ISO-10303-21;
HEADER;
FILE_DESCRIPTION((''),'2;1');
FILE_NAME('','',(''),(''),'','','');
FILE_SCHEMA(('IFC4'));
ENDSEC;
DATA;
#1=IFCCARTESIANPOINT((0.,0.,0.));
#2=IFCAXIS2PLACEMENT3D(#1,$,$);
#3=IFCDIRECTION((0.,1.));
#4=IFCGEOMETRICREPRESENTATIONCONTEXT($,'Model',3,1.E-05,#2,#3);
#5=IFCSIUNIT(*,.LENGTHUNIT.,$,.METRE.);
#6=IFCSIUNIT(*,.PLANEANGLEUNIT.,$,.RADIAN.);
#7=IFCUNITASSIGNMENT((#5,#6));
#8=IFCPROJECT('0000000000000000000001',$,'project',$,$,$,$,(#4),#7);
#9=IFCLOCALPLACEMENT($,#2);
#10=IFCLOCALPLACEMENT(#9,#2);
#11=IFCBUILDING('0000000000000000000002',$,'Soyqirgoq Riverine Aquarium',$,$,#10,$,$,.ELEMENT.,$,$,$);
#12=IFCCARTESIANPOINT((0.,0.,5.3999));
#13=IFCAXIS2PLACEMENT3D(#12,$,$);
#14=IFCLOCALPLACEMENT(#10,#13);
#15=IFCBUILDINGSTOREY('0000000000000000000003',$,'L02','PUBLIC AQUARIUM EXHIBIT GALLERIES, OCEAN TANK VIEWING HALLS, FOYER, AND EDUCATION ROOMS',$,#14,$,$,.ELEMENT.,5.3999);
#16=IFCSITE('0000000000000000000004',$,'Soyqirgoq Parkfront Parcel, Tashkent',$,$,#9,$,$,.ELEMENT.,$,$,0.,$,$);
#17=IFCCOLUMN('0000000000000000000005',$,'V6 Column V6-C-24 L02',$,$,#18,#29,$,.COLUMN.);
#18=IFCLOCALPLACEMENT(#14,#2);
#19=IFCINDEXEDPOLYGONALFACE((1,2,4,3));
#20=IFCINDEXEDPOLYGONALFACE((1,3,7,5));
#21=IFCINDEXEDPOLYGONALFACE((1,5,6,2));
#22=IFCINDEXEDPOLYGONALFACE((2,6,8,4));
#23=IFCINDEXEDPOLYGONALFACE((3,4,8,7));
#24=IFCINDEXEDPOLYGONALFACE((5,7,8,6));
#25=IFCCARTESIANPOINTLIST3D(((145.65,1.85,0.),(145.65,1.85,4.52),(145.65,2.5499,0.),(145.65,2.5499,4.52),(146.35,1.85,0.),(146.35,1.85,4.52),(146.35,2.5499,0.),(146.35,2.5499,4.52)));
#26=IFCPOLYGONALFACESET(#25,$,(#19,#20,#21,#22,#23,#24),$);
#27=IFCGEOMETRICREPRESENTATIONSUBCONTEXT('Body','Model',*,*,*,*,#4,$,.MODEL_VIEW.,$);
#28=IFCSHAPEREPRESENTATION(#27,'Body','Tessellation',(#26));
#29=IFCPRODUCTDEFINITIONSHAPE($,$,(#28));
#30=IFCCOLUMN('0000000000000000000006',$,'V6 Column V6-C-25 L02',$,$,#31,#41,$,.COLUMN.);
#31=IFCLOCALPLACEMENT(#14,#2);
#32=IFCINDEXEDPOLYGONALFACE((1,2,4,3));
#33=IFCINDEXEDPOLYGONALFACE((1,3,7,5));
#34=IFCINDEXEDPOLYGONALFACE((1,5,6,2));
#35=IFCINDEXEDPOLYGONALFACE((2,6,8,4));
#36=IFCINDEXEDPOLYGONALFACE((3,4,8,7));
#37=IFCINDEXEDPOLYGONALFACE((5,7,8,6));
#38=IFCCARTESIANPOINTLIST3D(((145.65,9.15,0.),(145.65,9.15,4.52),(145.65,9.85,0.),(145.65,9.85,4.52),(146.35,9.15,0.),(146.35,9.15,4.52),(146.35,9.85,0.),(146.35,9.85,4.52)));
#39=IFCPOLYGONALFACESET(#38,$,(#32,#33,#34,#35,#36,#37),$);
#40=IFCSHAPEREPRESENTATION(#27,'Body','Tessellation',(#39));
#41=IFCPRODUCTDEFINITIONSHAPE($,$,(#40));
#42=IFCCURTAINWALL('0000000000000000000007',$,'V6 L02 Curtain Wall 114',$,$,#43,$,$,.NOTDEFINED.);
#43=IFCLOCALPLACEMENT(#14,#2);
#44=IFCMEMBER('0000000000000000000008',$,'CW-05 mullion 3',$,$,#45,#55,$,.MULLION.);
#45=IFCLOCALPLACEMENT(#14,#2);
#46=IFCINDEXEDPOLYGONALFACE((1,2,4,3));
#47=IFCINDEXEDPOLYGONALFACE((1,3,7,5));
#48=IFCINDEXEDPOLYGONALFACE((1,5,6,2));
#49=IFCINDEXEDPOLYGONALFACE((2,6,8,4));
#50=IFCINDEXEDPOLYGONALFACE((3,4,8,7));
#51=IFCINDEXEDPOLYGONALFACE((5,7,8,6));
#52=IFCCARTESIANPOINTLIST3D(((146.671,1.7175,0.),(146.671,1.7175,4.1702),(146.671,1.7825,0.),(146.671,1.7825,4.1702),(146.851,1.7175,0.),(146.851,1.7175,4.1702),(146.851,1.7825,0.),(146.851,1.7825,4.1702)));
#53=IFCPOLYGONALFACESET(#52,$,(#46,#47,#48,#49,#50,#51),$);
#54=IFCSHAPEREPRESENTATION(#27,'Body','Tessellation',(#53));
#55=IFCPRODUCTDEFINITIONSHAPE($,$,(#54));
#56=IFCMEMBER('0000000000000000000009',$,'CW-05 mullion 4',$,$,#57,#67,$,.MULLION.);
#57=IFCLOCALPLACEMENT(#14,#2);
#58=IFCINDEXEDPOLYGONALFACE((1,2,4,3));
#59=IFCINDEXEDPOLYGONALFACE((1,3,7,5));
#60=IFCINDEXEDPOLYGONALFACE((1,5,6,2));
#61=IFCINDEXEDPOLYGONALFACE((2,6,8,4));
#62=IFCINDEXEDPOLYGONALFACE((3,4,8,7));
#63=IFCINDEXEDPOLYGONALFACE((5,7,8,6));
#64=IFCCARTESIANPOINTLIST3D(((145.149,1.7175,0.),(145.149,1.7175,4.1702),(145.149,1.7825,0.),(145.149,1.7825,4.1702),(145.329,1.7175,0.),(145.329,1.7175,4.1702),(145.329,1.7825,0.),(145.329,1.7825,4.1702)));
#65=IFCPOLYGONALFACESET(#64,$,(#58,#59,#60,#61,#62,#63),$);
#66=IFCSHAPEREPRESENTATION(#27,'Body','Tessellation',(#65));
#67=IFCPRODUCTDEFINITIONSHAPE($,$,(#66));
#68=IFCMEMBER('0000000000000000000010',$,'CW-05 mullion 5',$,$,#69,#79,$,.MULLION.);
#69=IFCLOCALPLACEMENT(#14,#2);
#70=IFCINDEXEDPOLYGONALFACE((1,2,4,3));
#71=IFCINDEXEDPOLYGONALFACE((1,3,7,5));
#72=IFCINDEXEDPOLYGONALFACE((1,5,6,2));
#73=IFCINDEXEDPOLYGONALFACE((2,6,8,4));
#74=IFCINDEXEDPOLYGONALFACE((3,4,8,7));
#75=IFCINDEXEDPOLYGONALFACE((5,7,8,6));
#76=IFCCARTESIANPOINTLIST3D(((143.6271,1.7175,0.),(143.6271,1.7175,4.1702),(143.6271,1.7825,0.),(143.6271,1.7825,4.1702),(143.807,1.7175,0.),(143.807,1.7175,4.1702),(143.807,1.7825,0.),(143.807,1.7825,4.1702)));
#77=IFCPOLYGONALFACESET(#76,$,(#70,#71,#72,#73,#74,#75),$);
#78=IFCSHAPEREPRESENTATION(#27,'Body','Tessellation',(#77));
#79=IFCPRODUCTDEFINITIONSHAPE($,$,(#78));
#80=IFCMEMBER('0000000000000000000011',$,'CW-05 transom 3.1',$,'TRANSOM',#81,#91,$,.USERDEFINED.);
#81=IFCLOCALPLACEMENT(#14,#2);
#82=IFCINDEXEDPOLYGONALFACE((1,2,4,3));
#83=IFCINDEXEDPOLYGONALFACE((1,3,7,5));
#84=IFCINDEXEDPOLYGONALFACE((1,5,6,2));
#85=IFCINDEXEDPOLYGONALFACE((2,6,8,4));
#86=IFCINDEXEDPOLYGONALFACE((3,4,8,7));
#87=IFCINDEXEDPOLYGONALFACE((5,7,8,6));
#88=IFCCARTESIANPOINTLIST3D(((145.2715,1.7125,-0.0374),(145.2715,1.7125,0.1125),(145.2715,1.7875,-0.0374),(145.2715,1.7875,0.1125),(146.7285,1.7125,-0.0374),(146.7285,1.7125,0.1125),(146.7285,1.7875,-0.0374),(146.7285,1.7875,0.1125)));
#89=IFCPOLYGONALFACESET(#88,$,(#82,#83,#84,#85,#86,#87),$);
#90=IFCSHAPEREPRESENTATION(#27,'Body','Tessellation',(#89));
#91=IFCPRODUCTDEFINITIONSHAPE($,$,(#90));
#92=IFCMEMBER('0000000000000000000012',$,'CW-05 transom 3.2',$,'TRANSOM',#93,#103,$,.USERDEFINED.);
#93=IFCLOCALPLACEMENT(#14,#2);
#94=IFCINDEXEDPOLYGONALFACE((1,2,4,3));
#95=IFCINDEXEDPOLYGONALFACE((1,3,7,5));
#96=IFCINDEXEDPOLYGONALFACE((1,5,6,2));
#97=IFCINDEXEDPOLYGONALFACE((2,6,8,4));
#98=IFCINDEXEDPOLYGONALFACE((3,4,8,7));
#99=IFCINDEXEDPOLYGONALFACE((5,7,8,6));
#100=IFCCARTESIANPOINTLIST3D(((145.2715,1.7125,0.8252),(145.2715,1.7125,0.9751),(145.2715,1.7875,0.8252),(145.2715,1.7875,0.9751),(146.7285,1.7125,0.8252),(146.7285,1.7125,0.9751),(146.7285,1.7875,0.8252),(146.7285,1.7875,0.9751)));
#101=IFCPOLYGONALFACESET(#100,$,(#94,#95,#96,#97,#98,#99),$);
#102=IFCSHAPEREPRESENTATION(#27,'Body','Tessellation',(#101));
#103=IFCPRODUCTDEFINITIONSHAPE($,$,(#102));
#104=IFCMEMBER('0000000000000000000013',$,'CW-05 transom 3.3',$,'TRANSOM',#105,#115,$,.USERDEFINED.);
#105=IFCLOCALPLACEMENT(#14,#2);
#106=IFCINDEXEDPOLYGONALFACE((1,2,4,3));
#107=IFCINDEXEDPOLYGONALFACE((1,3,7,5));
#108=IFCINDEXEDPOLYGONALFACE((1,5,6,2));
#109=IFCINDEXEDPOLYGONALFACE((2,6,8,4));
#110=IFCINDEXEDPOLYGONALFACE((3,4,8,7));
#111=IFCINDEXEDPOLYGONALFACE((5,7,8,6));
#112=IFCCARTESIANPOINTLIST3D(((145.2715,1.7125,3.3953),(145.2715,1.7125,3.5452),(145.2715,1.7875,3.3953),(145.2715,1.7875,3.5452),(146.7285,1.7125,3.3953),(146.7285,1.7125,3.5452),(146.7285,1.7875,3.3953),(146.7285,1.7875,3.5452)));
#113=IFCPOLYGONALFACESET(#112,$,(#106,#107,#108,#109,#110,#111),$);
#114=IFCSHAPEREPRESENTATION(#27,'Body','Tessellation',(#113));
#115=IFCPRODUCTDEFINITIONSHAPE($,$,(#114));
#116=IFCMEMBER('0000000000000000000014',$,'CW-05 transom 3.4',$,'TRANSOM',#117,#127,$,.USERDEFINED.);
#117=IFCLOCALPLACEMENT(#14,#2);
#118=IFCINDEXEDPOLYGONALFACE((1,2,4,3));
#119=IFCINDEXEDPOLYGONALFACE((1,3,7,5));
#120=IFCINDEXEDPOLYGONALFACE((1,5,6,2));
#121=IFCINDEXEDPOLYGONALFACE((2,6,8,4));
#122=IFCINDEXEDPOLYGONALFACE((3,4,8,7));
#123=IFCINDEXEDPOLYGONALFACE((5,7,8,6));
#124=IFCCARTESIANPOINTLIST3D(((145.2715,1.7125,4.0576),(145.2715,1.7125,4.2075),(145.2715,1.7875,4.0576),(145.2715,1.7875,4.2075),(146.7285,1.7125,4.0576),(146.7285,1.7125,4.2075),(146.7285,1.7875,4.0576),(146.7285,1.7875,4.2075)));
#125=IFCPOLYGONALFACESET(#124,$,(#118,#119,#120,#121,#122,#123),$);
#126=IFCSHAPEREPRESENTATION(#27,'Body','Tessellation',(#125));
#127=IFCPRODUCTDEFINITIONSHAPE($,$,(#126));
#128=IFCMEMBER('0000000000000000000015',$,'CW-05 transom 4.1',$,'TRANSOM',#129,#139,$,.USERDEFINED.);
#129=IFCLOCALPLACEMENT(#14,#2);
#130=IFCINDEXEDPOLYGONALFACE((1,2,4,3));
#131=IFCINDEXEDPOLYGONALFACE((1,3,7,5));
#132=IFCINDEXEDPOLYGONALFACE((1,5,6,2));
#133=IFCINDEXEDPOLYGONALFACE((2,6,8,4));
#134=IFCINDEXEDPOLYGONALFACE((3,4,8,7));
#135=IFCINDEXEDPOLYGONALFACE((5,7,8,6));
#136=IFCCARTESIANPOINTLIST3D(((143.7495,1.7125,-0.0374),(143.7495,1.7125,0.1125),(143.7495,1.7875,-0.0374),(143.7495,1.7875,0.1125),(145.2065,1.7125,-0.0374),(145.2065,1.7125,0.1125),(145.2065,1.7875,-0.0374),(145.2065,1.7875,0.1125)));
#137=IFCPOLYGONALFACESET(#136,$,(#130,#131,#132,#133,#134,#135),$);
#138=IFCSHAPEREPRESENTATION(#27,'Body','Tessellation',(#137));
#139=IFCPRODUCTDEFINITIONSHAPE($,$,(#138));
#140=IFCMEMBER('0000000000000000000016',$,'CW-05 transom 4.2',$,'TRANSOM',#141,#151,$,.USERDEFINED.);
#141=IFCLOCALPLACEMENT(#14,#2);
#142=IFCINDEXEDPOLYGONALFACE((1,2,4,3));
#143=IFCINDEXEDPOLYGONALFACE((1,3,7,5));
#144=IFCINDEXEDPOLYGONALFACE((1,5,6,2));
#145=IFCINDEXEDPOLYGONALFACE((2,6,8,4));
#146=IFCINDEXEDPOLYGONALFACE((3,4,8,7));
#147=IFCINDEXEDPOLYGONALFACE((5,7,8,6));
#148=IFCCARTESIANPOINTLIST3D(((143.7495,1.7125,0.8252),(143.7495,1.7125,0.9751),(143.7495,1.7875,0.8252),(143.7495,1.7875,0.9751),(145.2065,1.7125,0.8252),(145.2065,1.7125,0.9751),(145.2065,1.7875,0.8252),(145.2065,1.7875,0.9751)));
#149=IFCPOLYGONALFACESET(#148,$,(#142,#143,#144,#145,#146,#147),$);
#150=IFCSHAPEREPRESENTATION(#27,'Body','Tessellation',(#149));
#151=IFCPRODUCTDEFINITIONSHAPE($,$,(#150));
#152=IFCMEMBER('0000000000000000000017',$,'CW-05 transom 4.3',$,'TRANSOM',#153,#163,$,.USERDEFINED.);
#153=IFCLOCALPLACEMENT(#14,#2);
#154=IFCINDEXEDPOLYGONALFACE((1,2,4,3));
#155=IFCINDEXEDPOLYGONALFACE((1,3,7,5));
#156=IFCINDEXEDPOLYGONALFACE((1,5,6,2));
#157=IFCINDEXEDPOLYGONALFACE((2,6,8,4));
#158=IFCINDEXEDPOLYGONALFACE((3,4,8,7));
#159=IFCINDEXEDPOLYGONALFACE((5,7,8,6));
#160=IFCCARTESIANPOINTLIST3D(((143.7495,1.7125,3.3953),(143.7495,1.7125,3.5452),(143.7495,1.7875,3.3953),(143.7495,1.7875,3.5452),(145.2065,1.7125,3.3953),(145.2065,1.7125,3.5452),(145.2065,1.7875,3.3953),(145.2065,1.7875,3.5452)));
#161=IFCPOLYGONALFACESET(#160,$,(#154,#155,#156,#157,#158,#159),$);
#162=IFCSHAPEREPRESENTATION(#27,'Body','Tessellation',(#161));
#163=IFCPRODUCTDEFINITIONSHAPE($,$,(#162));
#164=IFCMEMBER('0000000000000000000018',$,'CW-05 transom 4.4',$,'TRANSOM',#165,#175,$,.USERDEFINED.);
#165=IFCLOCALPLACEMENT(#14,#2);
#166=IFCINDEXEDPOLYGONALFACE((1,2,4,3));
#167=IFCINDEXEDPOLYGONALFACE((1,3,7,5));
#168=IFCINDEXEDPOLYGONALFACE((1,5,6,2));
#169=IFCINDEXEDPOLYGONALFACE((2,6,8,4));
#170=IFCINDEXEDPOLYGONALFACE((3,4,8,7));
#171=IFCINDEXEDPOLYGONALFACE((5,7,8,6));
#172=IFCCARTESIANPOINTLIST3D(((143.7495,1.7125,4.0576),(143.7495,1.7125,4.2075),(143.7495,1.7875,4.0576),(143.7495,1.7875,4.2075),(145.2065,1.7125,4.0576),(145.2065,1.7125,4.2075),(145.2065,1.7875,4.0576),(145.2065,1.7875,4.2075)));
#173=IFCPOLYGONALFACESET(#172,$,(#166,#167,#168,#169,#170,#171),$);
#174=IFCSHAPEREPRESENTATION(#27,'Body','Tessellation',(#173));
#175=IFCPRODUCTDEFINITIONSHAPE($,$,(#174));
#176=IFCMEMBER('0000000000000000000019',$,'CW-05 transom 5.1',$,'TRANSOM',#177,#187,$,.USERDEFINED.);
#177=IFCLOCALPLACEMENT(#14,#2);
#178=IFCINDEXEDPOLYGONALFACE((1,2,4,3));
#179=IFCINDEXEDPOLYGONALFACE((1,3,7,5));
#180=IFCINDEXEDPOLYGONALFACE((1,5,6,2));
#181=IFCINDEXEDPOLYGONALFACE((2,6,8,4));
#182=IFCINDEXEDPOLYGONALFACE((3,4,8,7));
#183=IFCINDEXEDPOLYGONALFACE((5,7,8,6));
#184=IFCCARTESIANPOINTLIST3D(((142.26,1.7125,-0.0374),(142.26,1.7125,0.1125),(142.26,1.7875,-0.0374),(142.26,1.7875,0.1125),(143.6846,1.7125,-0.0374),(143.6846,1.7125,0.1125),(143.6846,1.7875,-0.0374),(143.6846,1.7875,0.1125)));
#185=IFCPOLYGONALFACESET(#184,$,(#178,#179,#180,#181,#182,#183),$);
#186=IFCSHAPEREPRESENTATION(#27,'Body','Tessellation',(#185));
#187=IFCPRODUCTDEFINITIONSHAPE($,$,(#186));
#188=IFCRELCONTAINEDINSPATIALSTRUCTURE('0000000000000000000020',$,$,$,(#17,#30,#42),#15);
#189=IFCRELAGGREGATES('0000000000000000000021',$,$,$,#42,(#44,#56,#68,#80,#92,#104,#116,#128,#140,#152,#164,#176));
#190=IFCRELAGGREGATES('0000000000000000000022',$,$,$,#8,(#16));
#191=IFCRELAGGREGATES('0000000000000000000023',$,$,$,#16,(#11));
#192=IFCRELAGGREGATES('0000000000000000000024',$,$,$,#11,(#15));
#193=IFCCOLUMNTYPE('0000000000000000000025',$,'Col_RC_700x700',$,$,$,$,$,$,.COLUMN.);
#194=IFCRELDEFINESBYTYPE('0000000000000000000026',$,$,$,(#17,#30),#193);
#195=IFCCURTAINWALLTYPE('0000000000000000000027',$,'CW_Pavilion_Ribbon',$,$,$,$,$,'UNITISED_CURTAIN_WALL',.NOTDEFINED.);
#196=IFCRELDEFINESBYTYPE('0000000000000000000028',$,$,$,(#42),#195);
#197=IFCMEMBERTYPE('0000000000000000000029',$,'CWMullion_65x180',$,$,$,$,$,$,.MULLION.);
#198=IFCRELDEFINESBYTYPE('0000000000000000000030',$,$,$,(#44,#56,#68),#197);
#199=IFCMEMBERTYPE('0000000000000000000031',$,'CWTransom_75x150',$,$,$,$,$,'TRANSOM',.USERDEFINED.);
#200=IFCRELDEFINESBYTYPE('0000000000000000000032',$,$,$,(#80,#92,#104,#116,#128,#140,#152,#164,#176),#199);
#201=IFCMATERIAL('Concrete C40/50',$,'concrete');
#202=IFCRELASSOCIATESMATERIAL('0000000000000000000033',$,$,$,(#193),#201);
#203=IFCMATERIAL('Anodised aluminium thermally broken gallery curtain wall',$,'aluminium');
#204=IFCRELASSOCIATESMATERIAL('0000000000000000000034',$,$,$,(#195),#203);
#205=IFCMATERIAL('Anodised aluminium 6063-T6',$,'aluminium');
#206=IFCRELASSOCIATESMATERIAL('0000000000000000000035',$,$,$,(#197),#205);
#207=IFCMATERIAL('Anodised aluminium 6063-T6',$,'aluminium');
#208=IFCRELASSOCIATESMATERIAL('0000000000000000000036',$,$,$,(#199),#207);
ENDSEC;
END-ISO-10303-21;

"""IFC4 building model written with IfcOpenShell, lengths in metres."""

from ifc_helpers import new_model, si_unit, direction, frame, origin, origin_2d, place, context, subcontext, project, spatial, rectangle, extrude, material, material_profile, profile_set, type_object, element, aggregate, save


model = new_model("IFC4")

# Units and contexts
model_context = context("Model", 3, precision=1e-05, world=origin(), true_north=direction((0.0, 1.0)))
body_context = subcontext(model_context, "Body", "Model", "MODEL_VIEW")
ifc_project = project(units=[si_unit("LENGTHUNIT", "METRE"), si_unit("PLANEANGLEUNIT", "RADIAN")], contexts=[model_context])

# Site, building, storey
site_placement = place(None, origin())
site = spatial("IfcSite", under=ifc_project, at=site_placement, Name="Soyqirgoq Parkfront Parcel, Tashkent", CompositionType="ELEMENT", RefElevation=0.0)
building_placement = place(site_placement, origin())
building = spatial("IfcBuilding", under=site, at=building_placement, Name="Soyqirgoq Riverine Aquarium", CompositionType="ELEMENT")
storey_placement = place(building_placement, frame((0.0, 0.0, 5.3999)))
storey = spatial("IfcBuildingStorey", under=building, at=storey_placement, Name="L02", Description="PUBLIC AQUARIUM EXHIBIT GALLERIES, OCEAN TANK VIEWING HALLS, FOYER, AND EDUCATION ROOMS", CompositionType="ELEMENT", Elevation=5.3999)

# Columns
ifc_material_1 = material(Name="Concrete C40/50", Category="concrete")
ifc_material_profile_1 = material_profile(ifc_material_1, rectangle(XDim=0.7, YDim=0.7, at=origin_2d()), Name="RC 700x700")
ifc_profile_set_1 = profile_set([ifc_material_profile_1], Name="Concrete C40/50")
column_type = type_object("IfcColumnType", Name="Col_RC_700x700", PredefinedType="COLUMN", material=ifc_profile_set_1)
for number, where, z_axis, x_axis, name in (
    (1, (146.0, 2.2, 0.0), (0.0, 0.0, 1.0), (1.0, 0.0, 0.0), "V6 Column V6-C-24 L02"),
    (2, (146.0, 9.5, 0.0), (0.0, 0.0, 1.0), (1.0, 0.0, 0.0), "V6 Column V6-C-25 L02"),
):
    element("IfcColumn", number, at=place(storey_placement, frame(where, z_axis=z_axis, x_axis=x_axis)), inside=storey, type_object=column_type, Name=name, PredefinedType="COLUMN", context=body_context, shape_type="SweptSolid", body=[
        extrude(rectangle(XDim=0.7, YDim=0.7, at=origin_2d()), origin(), (0.0, 0.0, 1.0), 4.52),
    ])

# Curtain wall, members
ifc_material_2 = material(Name="Anodised aluminium thermally broken gallery curtain wall", Category="aluminium")
curtain_wall_type = type_object("IfcCurtainWallType", Name="CW_Pavilion_Ribbon", ElementType="UNITISED_CURTAIN_WALL", PredefinedType="NOTDEFINED", material=ifc_material_2)
curtain_wall_placement = place(storey_placement, origin())
curtain_wall = element("IfcCurtainWall", 3, at=curtain_wall_placement, inside=storey, type_object=curtain_wall_type, Name="V6 L02 Curtain Wall 114", PredefinedType="NOTDEFINED")
ifc_material_3 = material(Name="Anodised aluminium 6063-T6", Category="aluminium")
ifc_material_profile_2 = material_profile(ifc_material_3, rectangle(XDim=0.0649, YDim=0.1799, at=origin_2d()), Name="ALU-M 65x180")
ifc_profile_set_2 = profile_set([ifc_material_profile_2], Name="Anodised aluminium 6063-T6")
member_type_1 = type_object("IfcMemberType", Name="CWMullion_65x180", PredefinedType="MULLION", material=ifc_profile_set_2)
member_1_placement = place(storey_placement, frame((146.761, 1.75, 0.0), z_axis=(0.0, 0.0, 1.0), x_axis=(0.0, -1.0, 0.0)))
member_1 = element("IfcMember", 4, at=member_1_placement, type_object=member_type_1, Name="CW-05 mullion 3", PredefinedType="MULLION", context=body_context, shape_type="SweptSolid", body=[
    extrude(rectangle(XDim=0.0649, YDim=0.1799, at=origin_2d()), origin(), (0.0, 0.0, 1.0), 4.1702),
])
member_2_placement = place(storey_placement, frame((145.239, 1.75, 0.0), z_axis=(0.0, 0.0, 1.0), x_axis=(0.0, -1.0, 0.0)))
member_2 = element("IfcMember", 5, at=member_2_placement, type_object=member_type_1, Name="CW-05 mullion 4", PredefinedType="MULLION", context=body_context, shape_type="SweptSolid", body=[
    extrude(rectangle(XDim=0.0649, YDim=0.1799, at=origin_2d()), origin(), (0.0, 0.0, 1.0), 4.1702),
])
member_3_placement = place(storey_placement, frame((143.717, 1.75, 0.0), z_axis=(0.0, 0.0, 1.0), x_axis=(0.0, -1.0, 0.0)))
member_3 = element("IfcMember", 6, at=member_3_placement, type_object=member_type_1, Name="CW-05 mullion 5", PredefinedType="MULLION", context=body_context, shape_type="SweptSolid", body=[
    extrude(rectangle(XDim=0.0649, YDim=0.1799, at=origin_2d()), origin(), (0.0, 0.0, 1.0), 4.1702),
])
ifc_material_4 = material(Name="Anodised aluminium 6063-T6", Category="aluminium")
ifc_material_profile_3 = material_profile(ifc_material_4, rectangle(XDim=0.075, YDim=0.1499, at=origin_2d()), Name="ALU-T 75x150")
ifc_profile_set_3 = profile_set([ifc_material_profile_3], Name="Anodised aluminium 6063-T6")
member_type_2 = type_object("IfcMemberType", Name="CWTransom_75x150", ElementType="TRANSOM", PredefinedType="USERDEFINED", material=ifc_profile_set_3)
member_4_placement = place(storey_placement, frame((146.7285, 1.75, 0.0376), z_axis=(-1.0, 0.0, 0.0), x_axis=(0.0, -1.0, 0.0)))
member_4 = element("IfcMember", 7, at=member_4_placement, type_object=member_type_2, Name="CW-05 transom 3.1", ObjectType="TRANSOM", PredefinedType="USERDEFINED", context=body_context, shape_type="SweptSolid", body=[
    extrude(rectangle(XDim=0.075, YDim=0.1499, at=origin_2d()), origin(), (0.0, 0.0, 1.0), 1.457),
])
member_5_placement = place(storey_placement, frame((146.7285, 1.75, 0.9001), z_axis=(-1.0, 0.0, 0.0), x_axis=(0.0, -1.0, 0.0)))
member_5 = element("IfcMember", 8, at=member_5_placement, type_object=member_type_2, Name="CW-05 transom 3.2", ObjectType="TRANSOM", PredefinedType="USERDEFINED", context=body_context, shape_type="SweptSolid", body=[
    extrude(rectangle(XDim=0.075, YDim=0.1499, at=origin_2d()), origin(), (0.0, 0.0, 1.0), 1.457),
])
member_6_placement = place(storey_placement, frame((146.7285, 1.75, 3.4702), z_axis=(-1.0, 0.0, 0.0), x_axis=(0.0, -1.0, 0.0)))
member_6 = element("IfcMember", 9, at=member_6_placement, type_object=member_type_2, Name="CW-05 transom 3.3", ObjectType="TRANSOM", PredefinedType="USERDEFINED", context=body_context, shape_type="SweptSolid", body=[
    extrude(rectangle(XDim=0.075, YDim=0.1499, at=origin_2d()), origin(), (0.0, 0.0, 1.0), 1.457),
])
member_7_placement = place(storey_placement, frame((146.7285, 1.75, 4.1326), z_axis=(-1.0, 0.0, 0.0), x_axis=(0.0, -1.0, 0.0)))
member_7 = element("IfcMember", 10, at=member_7_placement, type_object=member_type_2, Name="CW-05 transom 3.4", ObjectType="TRANSOM", PredefinedType="USERDEFINED", context=body_context, shape_type="SweptSolid", body=[
    extrude(rectangle(XDim=0.075, YDim=0.1499, at=origin_2d()), origin(), (0.0, 0.0, 1.0), 1.457),
])
member_8_placement = place(storey_placement, frame((145.2065, 1.75, 0.0376), z_axis=(-1.0, 0.0, 0.0), x_axis=(0.0, -1.0, 0.0)))
member_8 = element("IfcMember", 11, at=member_8_placement, type_object=member_type_2, Name="CW-05 transom 4.1", ObjectType="TRANSOM", PredefinedType="USERDEFINED", context=body_context, shape_type="SweptSolid", body=[
    extrude(rectangle(XDim=0.075, YDim=0.1499, at=origin_2d()), origin(), (0.0, 0.0, 1.0), 1.457),
])
member_9_placement = place(storey_placement, frame((145.2065, 1.75, 0.9001), z_axis=(-1.0, 0.0, 0.0), x_axis=(0.0, -1.0, 0.0)))
member_9 = element("IfcMember", 12, at=member_9_placement, type_object=member_type_2, Name="CW-05 transom 4.2", ObjectType="TRANSOM", PredefinedType="USERDEFINED", context=body_context, shape_type="SweptSolid", body=[
    extrude(rectangle(XDim=0.075, YDim=0.1499, at=origin_2d()), origin(), (0.0, 0.0, 1.0), 1.457),
])
member_10_placement = place(storey_placement, frame((145.2065, 1.75, 3.4702), z_axis=(-1.0, 0.0, 0.0), x_axis=(0.0, -1.0, 0.0)))
member_10 = element("IfcMember", 13, at=member_10_placement, type_object=member_type_2, Name="CW-05 transom 4.3", ObjectType="TRANSOM", PredefinedType="USERDEFINED", context=body_context, shape_type="SweptSolid", body=[
    extrude(rectangle(XDim=0.075, YDim=0.1499, at=origin_2d()), origin(), (0.0, 0.0, 1.0), 1.457),
])
member_11_placement = place(storey_placement, frame((145.2065, 1.75, 4.1326), z_axis=(-1.0, 0.0, 0.0), x_axis=(0.0, -1.0, 0.0)))
member_11 = element("IfcMember", 14, at=member_11_placement, type_object=member_type_2, Name="CW-05 transom 4.4", ObjectType="TRANSOM", PredefinedType="USERDEFINED", context=body_context, shape_type="SweptSolid", body=[
    extrude(rectangle(XDim=0.075, YDim=0.1499, at=origin_2d()), origin(), (0.0, 0.0, 1.0), 1.457),
])
member_12_placement = place(storey_placement, frame((143.6846, 1.75, 0.0376), z_axis=(-1.0, 0.0, 0.0), x_axis=(0.0, -1.0, 0.0)))
member_12 = element("IfcMember", 15, at=member_12_placement, type_object=member_type_2, Name="CW-05 transom 5.1", ObjectType="TRANSOM", PredefinedType="USERDEFINED", context=body_context, shape_type="SweptSolid", body=[
    extrude(rectangle(XDim=0.075, YDim=0.1499, at=origin_2d()), origin(), (0.0, 0.0, 1.0), 1.4246),
])

aggregate(curtain_wall, [member_1, member_2, member_3, member_4, member_5, member_6, member_7, member_8, member_9, member_10, member_11, member_12])

save(model, "model.ifc")
